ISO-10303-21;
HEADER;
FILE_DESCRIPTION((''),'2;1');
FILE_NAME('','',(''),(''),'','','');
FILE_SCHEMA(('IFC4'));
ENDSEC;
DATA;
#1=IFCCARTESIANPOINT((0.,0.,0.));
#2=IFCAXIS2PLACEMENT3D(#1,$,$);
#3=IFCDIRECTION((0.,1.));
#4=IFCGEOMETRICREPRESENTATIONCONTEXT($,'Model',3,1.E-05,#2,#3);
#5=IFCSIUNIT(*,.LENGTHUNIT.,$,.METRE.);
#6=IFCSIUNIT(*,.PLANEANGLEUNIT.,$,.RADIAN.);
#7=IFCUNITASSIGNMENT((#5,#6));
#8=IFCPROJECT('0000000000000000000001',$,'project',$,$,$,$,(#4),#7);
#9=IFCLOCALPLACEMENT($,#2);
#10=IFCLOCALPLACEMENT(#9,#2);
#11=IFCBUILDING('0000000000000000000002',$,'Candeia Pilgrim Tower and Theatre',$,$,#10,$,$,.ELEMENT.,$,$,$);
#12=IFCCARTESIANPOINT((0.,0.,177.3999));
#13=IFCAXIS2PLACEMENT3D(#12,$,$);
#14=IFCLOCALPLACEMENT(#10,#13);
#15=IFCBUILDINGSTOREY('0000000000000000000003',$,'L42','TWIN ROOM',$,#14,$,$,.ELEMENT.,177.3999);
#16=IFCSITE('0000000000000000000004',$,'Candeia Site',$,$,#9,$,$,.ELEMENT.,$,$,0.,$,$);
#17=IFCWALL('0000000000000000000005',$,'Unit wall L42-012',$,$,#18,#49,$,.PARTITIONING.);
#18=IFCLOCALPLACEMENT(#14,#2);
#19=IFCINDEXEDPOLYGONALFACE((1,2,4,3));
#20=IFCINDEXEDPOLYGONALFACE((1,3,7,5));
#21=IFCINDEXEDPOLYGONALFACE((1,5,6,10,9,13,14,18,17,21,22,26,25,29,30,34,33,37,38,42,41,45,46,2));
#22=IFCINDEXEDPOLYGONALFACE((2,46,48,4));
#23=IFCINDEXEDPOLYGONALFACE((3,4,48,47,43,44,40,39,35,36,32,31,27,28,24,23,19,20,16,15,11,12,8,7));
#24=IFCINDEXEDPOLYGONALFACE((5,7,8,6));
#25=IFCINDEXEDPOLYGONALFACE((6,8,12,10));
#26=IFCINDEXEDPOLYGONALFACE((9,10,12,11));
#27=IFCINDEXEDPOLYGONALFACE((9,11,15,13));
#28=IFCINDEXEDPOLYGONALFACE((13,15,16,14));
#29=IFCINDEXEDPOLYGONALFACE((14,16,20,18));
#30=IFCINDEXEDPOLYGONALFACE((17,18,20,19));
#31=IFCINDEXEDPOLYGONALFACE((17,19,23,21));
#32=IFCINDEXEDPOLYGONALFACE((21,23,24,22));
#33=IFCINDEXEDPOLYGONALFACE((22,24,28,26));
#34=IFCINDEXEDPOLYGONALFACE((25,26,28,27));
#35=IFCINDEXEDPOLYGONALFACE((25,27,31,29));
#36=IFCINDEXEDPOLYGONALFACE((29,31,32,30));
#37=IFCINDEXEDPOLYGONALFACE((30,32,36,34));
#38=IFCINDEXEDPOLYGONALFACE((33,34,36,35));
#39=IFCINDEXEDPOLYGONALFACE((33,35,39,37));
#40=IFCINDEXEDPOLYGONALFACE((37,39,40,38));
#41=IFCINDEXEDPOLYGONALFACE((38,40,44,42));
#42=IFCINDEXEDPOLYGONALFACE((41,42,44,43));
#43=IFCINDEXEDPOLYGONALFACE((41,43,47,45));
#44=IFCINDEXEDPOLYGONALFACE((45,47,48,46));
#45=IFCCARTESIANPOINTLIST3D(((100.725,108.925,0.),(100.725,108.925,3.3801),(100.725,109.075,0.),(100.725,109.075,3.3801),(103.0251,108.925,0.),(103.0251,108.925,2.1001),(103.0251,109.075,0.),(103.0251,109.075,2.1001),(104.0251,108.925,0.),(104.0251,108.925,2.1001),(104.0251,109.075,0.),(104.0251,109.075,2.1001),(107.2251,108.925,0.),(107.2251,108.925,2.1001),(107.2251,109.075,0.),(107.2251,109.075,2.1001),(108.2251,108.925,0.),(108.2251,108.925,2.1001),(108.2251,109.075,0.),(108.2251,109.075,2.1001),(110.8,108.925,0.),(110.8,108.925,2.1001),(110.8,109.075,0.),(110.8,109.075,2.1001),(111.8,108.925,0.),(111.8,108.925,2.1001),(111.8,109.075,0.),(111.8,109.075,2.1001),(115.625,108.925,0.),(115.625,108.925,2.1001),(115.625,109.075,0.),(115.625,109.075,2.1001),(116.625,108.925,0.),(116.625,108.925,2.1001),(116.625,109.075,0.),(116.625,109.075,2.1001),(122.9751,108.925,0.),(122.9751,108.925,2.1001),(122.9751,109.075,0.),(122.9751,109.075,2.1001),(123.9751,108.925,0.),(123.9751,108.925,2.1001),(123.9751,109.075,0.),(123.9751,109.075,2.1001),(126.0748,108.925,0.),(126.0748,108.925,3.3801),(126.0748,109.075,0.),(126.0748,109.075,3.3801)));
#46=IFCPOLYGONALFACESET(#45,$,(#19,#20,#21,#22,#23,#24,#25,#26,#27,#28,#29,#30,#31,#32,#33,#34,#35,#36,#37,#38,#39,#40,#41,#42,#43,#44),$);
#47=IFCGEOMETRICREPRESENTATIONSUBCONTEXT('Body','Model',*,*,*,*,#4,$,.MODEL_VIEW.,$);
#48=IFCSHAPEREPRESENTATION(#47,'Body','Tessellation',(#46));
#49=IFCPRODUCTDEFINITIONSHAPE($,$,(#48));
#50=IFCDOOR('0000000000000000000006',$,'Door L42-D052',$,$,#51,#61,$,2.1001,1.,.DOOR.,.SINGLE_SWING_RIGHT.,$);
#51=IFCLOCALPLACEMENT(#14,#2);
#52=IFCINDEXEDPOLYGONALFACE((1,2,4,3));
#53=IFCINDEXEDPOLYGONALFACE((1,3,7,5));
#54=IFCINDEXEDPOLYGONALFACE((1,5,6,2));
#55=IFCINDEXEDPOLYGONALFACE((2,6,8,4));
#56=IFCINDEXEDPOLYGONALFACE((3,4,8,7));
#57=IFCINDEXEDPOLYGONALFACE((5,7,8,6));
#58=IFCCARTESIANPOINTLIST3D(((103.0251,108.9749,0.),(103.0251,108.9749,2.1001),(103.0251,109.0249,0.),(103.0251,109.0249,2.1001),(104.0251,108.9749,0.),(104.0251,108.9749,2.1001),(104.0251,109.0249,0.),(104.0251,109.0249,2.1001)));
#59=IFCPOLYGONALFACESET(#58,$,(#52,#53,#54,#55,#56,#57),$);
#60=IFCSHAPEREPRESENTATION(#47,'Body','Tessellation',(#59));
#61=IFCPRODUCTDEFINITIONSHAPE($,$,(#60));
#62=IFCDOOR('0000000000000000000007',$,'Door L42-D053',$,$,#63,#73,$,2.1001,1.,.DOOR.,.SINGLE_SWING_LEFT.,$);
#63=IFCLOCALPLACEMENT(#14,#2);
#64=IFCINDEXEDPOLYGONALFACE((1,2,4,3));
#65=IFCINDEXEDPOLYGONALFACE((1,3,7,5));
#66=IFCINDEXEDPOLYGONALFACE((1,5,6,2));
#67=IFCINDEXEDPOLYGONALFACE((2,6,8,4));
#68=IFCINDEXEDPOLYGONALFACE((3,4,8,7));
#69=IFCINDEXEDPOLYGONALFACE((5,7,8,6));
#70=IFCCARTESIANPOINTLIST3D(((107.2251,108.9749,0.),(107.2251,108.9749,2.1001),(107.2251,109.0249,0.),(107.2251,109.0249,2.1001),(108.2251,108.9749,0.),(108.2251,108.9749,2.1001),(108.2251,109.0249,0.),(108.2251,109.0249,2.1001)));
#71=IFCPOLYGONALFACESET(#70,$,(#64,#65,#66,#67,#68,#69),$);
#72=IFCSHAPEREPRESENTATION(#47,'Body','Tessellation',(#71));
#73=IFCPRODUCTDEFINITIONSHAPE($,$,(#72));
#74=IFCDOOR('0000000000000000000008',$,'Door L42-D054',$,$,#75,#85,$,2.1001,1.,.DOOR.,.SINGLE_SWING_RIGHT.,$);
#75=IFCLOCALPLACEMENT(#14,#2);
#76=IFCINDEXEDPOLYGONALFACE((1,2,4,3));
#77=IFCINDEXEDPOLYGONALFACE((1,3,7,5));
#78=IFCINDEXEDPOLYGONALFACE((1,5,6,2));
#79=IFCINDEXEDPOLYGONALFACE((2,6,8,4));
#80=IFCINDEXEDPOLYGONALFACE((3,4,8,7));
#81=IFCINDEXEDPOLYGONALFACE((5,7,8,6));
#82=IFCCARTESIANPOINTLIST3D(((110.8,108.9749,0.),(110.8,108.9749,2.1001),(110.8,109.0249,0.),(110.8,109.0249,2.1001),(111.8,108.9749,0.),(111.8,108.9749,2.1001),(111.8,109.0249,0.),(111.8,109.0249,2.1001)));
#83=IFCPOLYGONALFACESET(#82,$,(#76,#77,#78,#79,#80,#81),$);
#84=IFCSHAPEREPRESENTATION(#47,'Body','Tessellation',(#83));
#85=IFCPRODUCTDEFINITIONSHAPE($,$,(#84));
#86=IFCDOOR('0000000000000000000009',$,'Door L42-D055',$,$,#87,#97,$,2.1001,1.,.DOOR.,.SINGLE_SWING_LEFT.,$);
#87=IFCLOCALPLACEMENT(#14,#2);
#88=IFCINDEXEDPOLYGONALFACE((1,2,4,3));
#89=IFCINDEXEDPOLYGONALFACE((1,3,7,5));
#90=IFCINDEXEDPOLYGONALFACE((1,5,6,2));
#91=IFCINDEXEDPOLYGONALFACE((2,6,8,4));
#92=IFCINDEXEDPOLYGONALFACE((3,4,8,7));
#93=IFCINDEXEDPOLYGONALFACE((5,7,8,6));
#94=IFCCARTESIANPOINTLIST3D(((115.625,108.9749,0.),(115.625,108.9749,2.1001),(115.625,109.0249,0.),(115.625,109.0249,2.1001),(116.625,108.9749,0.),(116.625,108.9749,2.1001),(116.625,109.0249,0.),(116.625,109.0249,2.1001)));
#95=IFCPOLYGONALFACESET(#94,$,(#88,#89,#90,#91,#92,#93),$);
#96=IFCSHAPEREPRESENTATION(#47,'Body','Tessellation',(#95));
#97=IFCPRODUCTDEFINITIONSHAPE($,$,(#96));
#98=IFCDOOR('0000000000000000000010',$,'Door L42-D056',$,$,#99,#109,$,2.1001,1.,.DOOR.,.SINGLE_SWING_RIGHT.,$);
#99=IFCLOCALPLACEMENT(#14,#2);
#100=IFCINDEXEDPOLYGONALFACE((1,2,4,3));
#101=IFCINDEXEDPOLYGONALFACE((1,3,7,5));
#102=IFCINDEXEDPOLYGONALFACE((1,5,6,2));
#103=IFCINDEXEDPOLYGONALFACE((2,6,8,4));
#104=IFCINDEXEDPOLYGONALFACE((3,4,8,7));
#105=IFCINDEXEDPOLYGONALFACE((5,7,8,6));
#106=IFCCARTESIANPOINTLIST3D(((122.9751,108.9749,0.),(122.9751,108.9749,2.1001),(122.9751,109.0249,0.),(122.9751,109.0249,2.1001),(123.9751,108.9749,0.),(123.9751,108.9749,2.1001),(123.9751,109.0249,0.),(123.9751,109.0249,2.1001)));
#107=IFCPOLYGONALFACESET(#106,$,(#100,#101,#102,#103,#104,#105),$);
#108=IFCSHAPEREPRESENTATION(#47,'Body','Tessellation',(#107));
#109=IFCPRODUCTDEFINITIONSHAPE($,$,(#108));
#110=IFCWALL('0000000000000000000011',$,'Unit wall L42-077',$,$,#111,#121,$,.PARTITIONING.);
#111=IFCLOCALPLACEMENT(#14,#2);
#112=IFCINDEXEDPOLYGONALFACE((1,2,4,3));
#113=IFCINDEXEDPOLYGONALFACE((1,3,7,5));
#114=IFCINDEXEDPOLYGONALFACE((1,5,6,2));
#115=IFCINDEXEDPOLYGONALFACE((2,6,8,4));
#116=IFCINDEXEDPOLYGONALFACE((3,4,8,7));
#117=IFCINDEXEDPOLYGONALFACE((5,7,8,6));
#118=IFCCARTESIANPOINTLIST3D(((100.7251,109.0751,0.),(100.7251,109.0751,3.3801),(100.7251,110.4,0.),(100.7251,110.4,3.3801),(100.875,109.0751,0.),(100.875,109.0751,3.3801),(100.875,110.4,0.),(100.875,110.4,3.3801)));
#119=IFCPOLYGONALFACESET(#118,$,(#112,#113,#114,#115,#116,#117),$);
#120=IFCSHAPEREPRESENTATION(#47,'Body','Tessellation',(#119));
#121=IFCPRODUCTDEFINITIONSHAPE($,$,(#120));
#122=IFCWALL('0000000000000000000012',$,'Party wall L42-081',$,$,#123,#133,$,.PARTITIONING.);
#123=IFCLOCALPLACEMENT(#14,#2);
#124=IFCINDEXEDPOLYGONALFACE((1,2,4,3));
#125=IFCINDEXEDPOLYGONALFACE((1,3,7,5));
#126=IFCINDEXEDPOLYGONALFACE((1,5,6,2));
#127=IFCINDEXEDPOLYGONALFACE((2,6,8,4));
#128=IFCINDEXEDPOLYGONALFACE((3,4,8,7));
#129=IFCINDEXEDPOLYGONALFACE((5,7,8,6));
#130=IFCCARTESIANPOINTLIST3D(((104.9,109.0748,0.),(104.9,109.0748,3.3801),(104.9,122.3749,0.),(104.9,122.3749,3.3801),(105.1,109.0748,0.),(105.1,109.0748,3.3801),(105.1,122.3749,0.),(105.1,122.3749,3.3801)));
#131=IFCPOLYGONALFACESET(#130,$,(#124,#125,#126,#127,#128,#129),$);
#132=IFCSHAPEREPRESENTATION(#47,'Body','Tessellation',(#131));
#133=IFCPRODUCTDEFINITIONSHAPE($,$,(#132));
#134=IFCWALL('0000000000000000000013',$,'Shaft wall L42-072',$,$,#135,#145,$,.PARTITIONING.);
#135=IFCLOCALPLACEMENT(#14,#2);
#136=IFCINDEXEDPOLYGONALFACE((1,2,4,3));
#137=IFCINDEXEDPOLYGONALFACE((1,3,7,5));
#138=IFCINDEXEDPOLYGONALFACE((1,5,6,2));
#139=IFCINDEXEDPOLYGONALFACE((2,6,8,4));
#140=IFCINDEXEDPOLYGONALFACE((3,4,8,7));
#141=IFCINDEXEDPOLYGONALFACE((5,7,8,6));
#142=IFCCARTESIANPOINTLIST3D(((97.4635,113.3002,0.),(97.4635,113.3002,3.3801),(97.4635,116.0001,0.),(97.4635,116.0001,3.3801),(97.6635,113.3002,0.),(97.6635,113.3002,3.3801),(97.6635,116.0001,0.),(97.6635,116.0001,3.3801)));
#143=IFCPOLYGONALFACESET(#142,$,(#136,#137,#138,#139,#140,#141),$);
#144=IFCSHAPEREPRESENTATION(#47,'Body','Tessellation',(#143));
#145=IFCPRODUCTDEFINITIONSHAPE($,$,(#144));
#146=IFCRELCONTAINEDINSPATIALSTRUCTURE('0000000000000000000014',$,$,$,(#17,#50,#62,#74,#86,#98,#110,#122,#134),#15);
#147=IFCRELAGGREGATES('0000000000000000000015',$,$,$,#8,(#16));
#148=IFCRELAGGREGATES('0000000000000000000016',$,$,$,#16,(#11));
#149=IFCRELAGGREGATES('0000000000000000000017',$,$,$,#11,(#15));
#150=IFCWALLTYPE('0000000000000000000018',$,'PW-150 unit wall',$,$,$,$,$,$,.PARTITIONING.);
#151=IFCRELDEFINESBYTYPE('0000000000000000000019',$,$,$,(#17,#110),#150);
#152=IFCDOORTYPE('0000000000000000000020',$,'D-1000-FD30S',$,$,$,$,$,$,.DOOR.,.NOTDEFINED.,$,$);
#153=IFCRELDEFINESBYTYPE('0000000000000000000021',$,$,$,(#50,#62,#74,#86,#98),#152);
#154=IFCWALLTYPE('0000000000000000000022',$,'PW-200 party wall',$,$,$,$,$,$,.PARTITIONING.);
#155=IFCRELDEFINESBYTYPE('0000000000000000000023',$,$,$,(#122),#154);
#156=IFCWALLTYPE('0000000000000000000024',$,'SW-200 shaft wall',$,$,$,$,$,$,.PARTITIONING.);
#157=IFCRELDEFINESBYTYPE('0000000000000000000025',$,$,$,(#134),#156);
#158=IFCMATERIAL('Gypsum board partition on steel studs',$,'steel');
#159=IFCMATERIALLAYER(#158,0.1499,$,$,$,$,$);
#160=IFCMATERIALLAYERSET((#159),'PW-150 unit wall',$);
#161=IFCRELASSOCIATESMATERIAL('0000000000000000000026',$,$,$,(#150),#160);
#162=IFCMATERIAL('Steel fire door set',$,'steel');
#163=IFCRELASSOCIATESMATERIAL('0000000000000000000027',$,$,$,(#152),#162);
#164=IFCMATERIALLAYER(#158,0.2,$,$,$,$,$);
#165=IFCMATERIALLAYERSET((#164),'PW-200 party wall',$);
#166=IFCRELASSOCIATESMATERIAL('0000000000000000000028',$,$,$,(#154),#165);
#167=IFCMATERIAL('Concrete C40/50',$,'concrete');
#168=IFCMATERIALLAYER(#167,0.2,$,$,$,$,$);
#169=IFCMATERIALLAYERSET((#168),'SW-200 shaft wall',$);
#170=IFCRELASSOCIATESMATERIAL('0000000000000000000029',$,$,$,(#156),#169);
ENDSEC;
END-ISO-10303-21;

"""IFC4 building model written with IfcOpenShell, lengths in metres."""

from ifc_helpers import new_model, si_unit, direction, frame, frame_2d, origin, place, context, subcontext, project, spatial, rectangle, extrude, material, layer, layer_set, type_object, element, fill, save


model = new_model("IFC4")

# Units and contexts
model_context = context("Model", 3, precision=1e-05, world=origin(), true_north=direction((0.0, 1.0)))
body_context = subcontext(model_context, "Body", "Model", "MODEL_VIEW")
ifc_project = project(units=[si_unit("LENGTHUNIT", "METRE"), si_unit("PLANEANGLEUNIT", "RADIAN")], contexts=[model_context])

# Site, building, storey
site_placement = place(None, origin())
site = spatial("IfcSite", under=ifc_project, at=site_placement, Name="Candeia Site", CompositionType="ELEMENT", RefElevation=0.0)
building_placement = place(site_placement, origin())
building = spatial("IfcBuilding", under=site, at=building_placement, Name="Candeia Pilgrim Tower and Theatre", CompositionType="ELEMENT")
storey_placement = place(building_placement, frame((0.0, 0.0, 177.3999)))
storey = spatial("IfcBuildingStorey", under=building, at=storey_placement, Name="L42", Description="TWIN ROOM", CompositionType="ELEMENT", Elevation=177.3999)

# Shared definitions
ifc_material_1 = material(Name="Steel fire door set", Category="steel")

# Shared definitions
ifc_material_2 = material(Name="Gypsum board partition on steel studs", Category="steel")

# Wall, openings, doors
ifc_layer_1 = layer(ifc_material_2, 0.1499)
ifc_layer_set_1 = layer_set([ifc_layer_1], Name="PW-150 unit wall")
wall_type_1 = type_object("IfcWallType", Name="PW-150 unit wall", PredefinedType="PARTITIONING", material=ifc_layer_set_1)
wall_1_placement = place(storey_placement, frame((100.7251, 109.0, 0.0), z_axis=(0.0, 0.0, 1.0), x_axis=(1.0, 0.0, 0.0)))
wall_1 = element("IfcWall", 1, at=wall_1_placement, inside=storey, type_object=wall_type_1, Name="Unit wall L42-012", PredefinedType="PARTITIONING", context=body_context, shape_type="SweptSolid", body=[
    extrude(rectangle(XDim=25.3499, YDim=0.1499, at=frame_2d((12.6748, 0.0))), origin(), (0.0, 0.0, 1.0), 3.3801),
])
opening_1_placement = place(wall_1_placement, frame((2.3, 0.0, 0.0)))
opening_1 = element("IfcOpeningElement", 2, at=opening_1_placement, cuts=wall_1, PredefinedType="OPENING", context=body_context, shape_type="SweptSolid", body=[
    extrude(rectangle(XDim=1.0, YDim=2.1001, at=frame_2d((0.5, 1.05))), frame((0.0, 0.085, 0.0), z_axis=(0.0, -1.0, 0.0), x_axis=(1.0, 0.0, 0.0)), (0.0, 0.0, 1.0), 0.1699),
])
opening_2_placement = place(wall_1_placement, frame((6.5, 0.0, 0.0)))
opening_2 = element("IfcOpeningElement", 3, at=opening_2_placement, cuts=wall_1, PredefinedType="OPENING", context=body_context, shape_type="SweptSolid", body=[
    extrude(rectangle(XDim=1.0, YDim=2.1001, at=frame_2d((0.5, 1.05))), frame((0.0, 0.085, 0.0), z_axis=(0.0, -1.0, 0.0), x_axis=(1.0, 0.0, 0.0)), (0.0, 0.0, 1.0), 0.1699),
])
opening_3_placement = place(wall_1_placement, frame((10.075, 0.0, 0.0)))
opening_3 = element("IfcOpeningElement", 4, at=opening_3_placement, cuts=wall_1, PredefinedType="OPENING", context=body_context, shape_type="SweptSolid", body=[
    extrude(rectangle(XDim=1.0, YDim=2.1001, at=frame_2d((0.5, 1.05))), frame((0.0, 0.085, 0.0), z_axis=(0.0, -1.0, 0.0), x_axis=(1.0, 0.0, 0.0)), (0.0, 0.0, 1.0), 0.1699),
])
opening_4_placement = place(wall_1_placement, frame((14.8999, 0.0, 0.0)))
opening_4 = element("IfcOpeningElement", 5, at=opening_4_placement, cuts=wall_1, PredefinedType="OPENING", context=body_context, shape_type="SweptSolid", body=[
    extrude(rectangle(XDim=1.0, YDim=2.1001, at=frame_2d((0.5, 1.05))), frame((0.0, 0.085, 0.0), z_axis=(0.0, -1.0, 0.0), x_axis=(1.0, 0.0, 0.0)), (0.0, 0.0, 1.0), 0.1699),
])
opening_5_placement = place(wall_1_placement, frame((22.25, 0.0, 0.0)))
opening_5 = element("IfcOpeningElement", 6, at=opening_5_placement, cuts=wall_1, PredefinedType="OPENING", context=body_context, shape_type="SweptSolid", body=[
    extrude(rectangle(XDim=1.0, YDim=2.1001, at=frame_2d((0.5, 1.05))), frame((0.0, 0.085, 0.0), z_axis=(0.0, -1.0, 0.0), x_axis=(1.0, 0.0, 0.0)), (0.0, 0.0, 1.0), 0.1699),
])
door_type_1 = type_object("IfcDoorType", Name="D-1000-FD30S", OperationType="NOTDEFINED", PredefinedType="DOOR", material=ifc_material_1)
door_1_placement = place(opening_1_placement, origin())
door_1 = element("IfcDoor", 7, at=door_1_placement, inside=storey, type_object=door_type_1, Name="Door L42-D052", OperationType="SINGLE_SWING_RIGHT", OverallHeight=2.1001, OverallWidth=1.0, PredefinedType="DOOR", context=body_context, shape_type="SweptSolid", body=[
    extrude(rectangle(XDim=1.0, YDim=2.1001, at=frame_2d((0.5, 1.05))), frame((0.0, 0.0249, 0.0), z_axis=(0.0, -1.0, 0.0), x_axis=(1.0, 0.0, 0.0)), (0.0, 0.0, 1.0), 0.05),
])
fill(opening_1, door_1)
door_2_placement = place(opening_2_placement, origin())
door_2 = element("IfcDoor", 8, at=door_2_placement, inside=storey, type_object=door_type_1, Name="Door L42-D053", OperationType="SINGLE_SWING_LEFT", OverallHeight=2.1001, OverallWidth=1.0, PredefinedType="DOOR", context=body_context, shape_type="SweptSolid", body=[
    extrude(rectangle(XDim=1.0, YDim=2.1001, at=frame_2d((0.5, 1.05))), frame((0.0, 0.0249, 0.0), z_axis=(0.0, -1.0, 0.0), x_axis=(1.0, 0.0, 0.0)), (0.0, 0.0, 1.0), 0.05),
])
fill(opening_2, door_2)
door_3_placement = place(opening_3_placement, origin())
door_3 = element("IfcDoor", 9, at=door_3_placement, inside=storey, type_object=door_type_1, Name="Door L42-D054", OperationType="SINGLE_SWING_RIGHT", OverallHeight=2.1001, OverallWidth=1.0, PredefinedType="DOOR", context=body_context, shape_type="SweptSolid", body=[
    extrude(rectangle(XDim=1.0, YDim=2.1001, at=frame_2d((0.5, 1.05))), frame((0.0, 0.0249, 0.0), z_axis=(0.0, -1.0, 0.0), x_axis=(1.0, 0.0, 0.0)), (0.0, 0.0, 1.0), 0.05),
])
fill(opening_3, door_3)
door_4_placement = place(opening_4_placement, origin())
door_4 = element("IfcDoor", 10, at=door_4_placement, inside=storey, type_object=door_type_1, Name="Door L42-D055", OperationType="SINGLE_SWING_LEFT", OverallHeight=2.1001, OverallWidth=1.0, PredefinedType="DOOR", context=body_context, shape_type="SweptSolid", body=[
    extrude(rectangle(XDim=1.0, YDim=2.1001, at=frame_2d((0.5, 1.05))), frame((0.0, 0.0249, 0.0), z_axis=(0.0, -1.0, 0.0), x_axis=(1.0, 0.0, 0.0)), (0.0, 0.0, 1.0), 0.05),
])
fill(opening_4, door_4)
door_5_placement = place(opening_5_placement, origin())
door_5 = element("IfcDoor", 11, at=door_5_placement, inside=storey, type_object=door_type_1, Name="Door L42-D056", OperationType="SINGLE_SWING_RIGHT", OverallHeight=2.1001, OverallWidth=1.0, PredefinedType="DOOR", context=body_context, shape_type="SweptSolid", body=[
    extrude(rectangle(XDim=1.0, YDim=2.1001, at=frame_2d((0.5, 1.05))), frame((0.0, 0.0249, 0.0), z_axis=(0.0, -1.0, 0.0), x_axis=(1.0, 0.0, 0.0)), (0.0, 0.0, 1.0), 0.05),
])
fill(opening_5, door_5)

# Walls
wall_2_placement = place(storey_placement, frame((100.8, 109.075, 0.0), z_axis=(0.0, 0.0, 1.0), x_axis=(0.0, 1.0, 0.0)))
element("IfcWall", 12, at=wall_2_placement, inside=storey, type_object=wall_type_1, Name="Unit wall L42-077", PredefinedType="PARTITIONING", context=body_context, shape_type="SweptSolid", body=[
    extrude(rectangle(XDim=1.325, YDim=0.1499, at=frame_2d((0.6626, 0.0))), origin(), (0.0, 0.0, 1.0), 3.3801),
])
ifc_layer_2 = layer(ifc_material_2, 0.2)
ifc_layer_set_2 = layer_set([ifc_layer_2], Name="PW-200 party wall")
wall_type_2 = type_object("IfcWallType", Name="PW-200 party wall", PredefinedType="PARTITIONING", material=ifc_layer_set_2)
wall_3_placement = place(storey_placement, frame((105.0, 109.075, 0.0), z_axis=(0.0, 0.0, 1.0), x_axis=(0.0, 1.0, 0.0)))
element("IfcWall", 13, at=wall_3_placement, inside=storey, type_object=wall_type_2, Name="Party wall L42-081", PredefinedType="PARTITIONING", context=body_context, shape_type="SweptSolid", body=[
    extrude(rectangle(XDim=13.3, YDim=0.2, at=frame_2d((6.6499, 0.0))), origin(), (0.0, 0.0, 1.0), 3.3801),
])
ifc_material_3 = material(Name="Concrete C40/50", Category="concrete")
ifc_layer_3 = layer(ifc_material_3, 0.2)
ifc_layer_set_3 = layer_set([ifc_layer_3], Name="SW-200 shaft wall")
wall_type_3 = type_object("IfcWallType", Name="SW-200 shaft wall", PredefinedType="PARTITIONING", material=ifc_layer_set_3)
wall_4_placement = place(storey_placement, frame((97.5635, 113.3, 0.0), z_axis=(0.0, 0.0, 1.0), x_axis=(0.0, 1.0, 0.0)))
element("IfcWall", 14, at=wall_4_placement, inside=storey, type_object=wall_type_3, Name="Shaft wall L42-072", PredefinedType="PARTITIONING", context=body_context, shape_type="SweptSolid", body=[
    extrude(rectangle(XDim=2.7, YDim=0.2, at=frame_2d((1.3501, 0.0))), origin(), (0.0, 0.0, 1.0), 3.3801),
])

save(model, "model.ifc")
